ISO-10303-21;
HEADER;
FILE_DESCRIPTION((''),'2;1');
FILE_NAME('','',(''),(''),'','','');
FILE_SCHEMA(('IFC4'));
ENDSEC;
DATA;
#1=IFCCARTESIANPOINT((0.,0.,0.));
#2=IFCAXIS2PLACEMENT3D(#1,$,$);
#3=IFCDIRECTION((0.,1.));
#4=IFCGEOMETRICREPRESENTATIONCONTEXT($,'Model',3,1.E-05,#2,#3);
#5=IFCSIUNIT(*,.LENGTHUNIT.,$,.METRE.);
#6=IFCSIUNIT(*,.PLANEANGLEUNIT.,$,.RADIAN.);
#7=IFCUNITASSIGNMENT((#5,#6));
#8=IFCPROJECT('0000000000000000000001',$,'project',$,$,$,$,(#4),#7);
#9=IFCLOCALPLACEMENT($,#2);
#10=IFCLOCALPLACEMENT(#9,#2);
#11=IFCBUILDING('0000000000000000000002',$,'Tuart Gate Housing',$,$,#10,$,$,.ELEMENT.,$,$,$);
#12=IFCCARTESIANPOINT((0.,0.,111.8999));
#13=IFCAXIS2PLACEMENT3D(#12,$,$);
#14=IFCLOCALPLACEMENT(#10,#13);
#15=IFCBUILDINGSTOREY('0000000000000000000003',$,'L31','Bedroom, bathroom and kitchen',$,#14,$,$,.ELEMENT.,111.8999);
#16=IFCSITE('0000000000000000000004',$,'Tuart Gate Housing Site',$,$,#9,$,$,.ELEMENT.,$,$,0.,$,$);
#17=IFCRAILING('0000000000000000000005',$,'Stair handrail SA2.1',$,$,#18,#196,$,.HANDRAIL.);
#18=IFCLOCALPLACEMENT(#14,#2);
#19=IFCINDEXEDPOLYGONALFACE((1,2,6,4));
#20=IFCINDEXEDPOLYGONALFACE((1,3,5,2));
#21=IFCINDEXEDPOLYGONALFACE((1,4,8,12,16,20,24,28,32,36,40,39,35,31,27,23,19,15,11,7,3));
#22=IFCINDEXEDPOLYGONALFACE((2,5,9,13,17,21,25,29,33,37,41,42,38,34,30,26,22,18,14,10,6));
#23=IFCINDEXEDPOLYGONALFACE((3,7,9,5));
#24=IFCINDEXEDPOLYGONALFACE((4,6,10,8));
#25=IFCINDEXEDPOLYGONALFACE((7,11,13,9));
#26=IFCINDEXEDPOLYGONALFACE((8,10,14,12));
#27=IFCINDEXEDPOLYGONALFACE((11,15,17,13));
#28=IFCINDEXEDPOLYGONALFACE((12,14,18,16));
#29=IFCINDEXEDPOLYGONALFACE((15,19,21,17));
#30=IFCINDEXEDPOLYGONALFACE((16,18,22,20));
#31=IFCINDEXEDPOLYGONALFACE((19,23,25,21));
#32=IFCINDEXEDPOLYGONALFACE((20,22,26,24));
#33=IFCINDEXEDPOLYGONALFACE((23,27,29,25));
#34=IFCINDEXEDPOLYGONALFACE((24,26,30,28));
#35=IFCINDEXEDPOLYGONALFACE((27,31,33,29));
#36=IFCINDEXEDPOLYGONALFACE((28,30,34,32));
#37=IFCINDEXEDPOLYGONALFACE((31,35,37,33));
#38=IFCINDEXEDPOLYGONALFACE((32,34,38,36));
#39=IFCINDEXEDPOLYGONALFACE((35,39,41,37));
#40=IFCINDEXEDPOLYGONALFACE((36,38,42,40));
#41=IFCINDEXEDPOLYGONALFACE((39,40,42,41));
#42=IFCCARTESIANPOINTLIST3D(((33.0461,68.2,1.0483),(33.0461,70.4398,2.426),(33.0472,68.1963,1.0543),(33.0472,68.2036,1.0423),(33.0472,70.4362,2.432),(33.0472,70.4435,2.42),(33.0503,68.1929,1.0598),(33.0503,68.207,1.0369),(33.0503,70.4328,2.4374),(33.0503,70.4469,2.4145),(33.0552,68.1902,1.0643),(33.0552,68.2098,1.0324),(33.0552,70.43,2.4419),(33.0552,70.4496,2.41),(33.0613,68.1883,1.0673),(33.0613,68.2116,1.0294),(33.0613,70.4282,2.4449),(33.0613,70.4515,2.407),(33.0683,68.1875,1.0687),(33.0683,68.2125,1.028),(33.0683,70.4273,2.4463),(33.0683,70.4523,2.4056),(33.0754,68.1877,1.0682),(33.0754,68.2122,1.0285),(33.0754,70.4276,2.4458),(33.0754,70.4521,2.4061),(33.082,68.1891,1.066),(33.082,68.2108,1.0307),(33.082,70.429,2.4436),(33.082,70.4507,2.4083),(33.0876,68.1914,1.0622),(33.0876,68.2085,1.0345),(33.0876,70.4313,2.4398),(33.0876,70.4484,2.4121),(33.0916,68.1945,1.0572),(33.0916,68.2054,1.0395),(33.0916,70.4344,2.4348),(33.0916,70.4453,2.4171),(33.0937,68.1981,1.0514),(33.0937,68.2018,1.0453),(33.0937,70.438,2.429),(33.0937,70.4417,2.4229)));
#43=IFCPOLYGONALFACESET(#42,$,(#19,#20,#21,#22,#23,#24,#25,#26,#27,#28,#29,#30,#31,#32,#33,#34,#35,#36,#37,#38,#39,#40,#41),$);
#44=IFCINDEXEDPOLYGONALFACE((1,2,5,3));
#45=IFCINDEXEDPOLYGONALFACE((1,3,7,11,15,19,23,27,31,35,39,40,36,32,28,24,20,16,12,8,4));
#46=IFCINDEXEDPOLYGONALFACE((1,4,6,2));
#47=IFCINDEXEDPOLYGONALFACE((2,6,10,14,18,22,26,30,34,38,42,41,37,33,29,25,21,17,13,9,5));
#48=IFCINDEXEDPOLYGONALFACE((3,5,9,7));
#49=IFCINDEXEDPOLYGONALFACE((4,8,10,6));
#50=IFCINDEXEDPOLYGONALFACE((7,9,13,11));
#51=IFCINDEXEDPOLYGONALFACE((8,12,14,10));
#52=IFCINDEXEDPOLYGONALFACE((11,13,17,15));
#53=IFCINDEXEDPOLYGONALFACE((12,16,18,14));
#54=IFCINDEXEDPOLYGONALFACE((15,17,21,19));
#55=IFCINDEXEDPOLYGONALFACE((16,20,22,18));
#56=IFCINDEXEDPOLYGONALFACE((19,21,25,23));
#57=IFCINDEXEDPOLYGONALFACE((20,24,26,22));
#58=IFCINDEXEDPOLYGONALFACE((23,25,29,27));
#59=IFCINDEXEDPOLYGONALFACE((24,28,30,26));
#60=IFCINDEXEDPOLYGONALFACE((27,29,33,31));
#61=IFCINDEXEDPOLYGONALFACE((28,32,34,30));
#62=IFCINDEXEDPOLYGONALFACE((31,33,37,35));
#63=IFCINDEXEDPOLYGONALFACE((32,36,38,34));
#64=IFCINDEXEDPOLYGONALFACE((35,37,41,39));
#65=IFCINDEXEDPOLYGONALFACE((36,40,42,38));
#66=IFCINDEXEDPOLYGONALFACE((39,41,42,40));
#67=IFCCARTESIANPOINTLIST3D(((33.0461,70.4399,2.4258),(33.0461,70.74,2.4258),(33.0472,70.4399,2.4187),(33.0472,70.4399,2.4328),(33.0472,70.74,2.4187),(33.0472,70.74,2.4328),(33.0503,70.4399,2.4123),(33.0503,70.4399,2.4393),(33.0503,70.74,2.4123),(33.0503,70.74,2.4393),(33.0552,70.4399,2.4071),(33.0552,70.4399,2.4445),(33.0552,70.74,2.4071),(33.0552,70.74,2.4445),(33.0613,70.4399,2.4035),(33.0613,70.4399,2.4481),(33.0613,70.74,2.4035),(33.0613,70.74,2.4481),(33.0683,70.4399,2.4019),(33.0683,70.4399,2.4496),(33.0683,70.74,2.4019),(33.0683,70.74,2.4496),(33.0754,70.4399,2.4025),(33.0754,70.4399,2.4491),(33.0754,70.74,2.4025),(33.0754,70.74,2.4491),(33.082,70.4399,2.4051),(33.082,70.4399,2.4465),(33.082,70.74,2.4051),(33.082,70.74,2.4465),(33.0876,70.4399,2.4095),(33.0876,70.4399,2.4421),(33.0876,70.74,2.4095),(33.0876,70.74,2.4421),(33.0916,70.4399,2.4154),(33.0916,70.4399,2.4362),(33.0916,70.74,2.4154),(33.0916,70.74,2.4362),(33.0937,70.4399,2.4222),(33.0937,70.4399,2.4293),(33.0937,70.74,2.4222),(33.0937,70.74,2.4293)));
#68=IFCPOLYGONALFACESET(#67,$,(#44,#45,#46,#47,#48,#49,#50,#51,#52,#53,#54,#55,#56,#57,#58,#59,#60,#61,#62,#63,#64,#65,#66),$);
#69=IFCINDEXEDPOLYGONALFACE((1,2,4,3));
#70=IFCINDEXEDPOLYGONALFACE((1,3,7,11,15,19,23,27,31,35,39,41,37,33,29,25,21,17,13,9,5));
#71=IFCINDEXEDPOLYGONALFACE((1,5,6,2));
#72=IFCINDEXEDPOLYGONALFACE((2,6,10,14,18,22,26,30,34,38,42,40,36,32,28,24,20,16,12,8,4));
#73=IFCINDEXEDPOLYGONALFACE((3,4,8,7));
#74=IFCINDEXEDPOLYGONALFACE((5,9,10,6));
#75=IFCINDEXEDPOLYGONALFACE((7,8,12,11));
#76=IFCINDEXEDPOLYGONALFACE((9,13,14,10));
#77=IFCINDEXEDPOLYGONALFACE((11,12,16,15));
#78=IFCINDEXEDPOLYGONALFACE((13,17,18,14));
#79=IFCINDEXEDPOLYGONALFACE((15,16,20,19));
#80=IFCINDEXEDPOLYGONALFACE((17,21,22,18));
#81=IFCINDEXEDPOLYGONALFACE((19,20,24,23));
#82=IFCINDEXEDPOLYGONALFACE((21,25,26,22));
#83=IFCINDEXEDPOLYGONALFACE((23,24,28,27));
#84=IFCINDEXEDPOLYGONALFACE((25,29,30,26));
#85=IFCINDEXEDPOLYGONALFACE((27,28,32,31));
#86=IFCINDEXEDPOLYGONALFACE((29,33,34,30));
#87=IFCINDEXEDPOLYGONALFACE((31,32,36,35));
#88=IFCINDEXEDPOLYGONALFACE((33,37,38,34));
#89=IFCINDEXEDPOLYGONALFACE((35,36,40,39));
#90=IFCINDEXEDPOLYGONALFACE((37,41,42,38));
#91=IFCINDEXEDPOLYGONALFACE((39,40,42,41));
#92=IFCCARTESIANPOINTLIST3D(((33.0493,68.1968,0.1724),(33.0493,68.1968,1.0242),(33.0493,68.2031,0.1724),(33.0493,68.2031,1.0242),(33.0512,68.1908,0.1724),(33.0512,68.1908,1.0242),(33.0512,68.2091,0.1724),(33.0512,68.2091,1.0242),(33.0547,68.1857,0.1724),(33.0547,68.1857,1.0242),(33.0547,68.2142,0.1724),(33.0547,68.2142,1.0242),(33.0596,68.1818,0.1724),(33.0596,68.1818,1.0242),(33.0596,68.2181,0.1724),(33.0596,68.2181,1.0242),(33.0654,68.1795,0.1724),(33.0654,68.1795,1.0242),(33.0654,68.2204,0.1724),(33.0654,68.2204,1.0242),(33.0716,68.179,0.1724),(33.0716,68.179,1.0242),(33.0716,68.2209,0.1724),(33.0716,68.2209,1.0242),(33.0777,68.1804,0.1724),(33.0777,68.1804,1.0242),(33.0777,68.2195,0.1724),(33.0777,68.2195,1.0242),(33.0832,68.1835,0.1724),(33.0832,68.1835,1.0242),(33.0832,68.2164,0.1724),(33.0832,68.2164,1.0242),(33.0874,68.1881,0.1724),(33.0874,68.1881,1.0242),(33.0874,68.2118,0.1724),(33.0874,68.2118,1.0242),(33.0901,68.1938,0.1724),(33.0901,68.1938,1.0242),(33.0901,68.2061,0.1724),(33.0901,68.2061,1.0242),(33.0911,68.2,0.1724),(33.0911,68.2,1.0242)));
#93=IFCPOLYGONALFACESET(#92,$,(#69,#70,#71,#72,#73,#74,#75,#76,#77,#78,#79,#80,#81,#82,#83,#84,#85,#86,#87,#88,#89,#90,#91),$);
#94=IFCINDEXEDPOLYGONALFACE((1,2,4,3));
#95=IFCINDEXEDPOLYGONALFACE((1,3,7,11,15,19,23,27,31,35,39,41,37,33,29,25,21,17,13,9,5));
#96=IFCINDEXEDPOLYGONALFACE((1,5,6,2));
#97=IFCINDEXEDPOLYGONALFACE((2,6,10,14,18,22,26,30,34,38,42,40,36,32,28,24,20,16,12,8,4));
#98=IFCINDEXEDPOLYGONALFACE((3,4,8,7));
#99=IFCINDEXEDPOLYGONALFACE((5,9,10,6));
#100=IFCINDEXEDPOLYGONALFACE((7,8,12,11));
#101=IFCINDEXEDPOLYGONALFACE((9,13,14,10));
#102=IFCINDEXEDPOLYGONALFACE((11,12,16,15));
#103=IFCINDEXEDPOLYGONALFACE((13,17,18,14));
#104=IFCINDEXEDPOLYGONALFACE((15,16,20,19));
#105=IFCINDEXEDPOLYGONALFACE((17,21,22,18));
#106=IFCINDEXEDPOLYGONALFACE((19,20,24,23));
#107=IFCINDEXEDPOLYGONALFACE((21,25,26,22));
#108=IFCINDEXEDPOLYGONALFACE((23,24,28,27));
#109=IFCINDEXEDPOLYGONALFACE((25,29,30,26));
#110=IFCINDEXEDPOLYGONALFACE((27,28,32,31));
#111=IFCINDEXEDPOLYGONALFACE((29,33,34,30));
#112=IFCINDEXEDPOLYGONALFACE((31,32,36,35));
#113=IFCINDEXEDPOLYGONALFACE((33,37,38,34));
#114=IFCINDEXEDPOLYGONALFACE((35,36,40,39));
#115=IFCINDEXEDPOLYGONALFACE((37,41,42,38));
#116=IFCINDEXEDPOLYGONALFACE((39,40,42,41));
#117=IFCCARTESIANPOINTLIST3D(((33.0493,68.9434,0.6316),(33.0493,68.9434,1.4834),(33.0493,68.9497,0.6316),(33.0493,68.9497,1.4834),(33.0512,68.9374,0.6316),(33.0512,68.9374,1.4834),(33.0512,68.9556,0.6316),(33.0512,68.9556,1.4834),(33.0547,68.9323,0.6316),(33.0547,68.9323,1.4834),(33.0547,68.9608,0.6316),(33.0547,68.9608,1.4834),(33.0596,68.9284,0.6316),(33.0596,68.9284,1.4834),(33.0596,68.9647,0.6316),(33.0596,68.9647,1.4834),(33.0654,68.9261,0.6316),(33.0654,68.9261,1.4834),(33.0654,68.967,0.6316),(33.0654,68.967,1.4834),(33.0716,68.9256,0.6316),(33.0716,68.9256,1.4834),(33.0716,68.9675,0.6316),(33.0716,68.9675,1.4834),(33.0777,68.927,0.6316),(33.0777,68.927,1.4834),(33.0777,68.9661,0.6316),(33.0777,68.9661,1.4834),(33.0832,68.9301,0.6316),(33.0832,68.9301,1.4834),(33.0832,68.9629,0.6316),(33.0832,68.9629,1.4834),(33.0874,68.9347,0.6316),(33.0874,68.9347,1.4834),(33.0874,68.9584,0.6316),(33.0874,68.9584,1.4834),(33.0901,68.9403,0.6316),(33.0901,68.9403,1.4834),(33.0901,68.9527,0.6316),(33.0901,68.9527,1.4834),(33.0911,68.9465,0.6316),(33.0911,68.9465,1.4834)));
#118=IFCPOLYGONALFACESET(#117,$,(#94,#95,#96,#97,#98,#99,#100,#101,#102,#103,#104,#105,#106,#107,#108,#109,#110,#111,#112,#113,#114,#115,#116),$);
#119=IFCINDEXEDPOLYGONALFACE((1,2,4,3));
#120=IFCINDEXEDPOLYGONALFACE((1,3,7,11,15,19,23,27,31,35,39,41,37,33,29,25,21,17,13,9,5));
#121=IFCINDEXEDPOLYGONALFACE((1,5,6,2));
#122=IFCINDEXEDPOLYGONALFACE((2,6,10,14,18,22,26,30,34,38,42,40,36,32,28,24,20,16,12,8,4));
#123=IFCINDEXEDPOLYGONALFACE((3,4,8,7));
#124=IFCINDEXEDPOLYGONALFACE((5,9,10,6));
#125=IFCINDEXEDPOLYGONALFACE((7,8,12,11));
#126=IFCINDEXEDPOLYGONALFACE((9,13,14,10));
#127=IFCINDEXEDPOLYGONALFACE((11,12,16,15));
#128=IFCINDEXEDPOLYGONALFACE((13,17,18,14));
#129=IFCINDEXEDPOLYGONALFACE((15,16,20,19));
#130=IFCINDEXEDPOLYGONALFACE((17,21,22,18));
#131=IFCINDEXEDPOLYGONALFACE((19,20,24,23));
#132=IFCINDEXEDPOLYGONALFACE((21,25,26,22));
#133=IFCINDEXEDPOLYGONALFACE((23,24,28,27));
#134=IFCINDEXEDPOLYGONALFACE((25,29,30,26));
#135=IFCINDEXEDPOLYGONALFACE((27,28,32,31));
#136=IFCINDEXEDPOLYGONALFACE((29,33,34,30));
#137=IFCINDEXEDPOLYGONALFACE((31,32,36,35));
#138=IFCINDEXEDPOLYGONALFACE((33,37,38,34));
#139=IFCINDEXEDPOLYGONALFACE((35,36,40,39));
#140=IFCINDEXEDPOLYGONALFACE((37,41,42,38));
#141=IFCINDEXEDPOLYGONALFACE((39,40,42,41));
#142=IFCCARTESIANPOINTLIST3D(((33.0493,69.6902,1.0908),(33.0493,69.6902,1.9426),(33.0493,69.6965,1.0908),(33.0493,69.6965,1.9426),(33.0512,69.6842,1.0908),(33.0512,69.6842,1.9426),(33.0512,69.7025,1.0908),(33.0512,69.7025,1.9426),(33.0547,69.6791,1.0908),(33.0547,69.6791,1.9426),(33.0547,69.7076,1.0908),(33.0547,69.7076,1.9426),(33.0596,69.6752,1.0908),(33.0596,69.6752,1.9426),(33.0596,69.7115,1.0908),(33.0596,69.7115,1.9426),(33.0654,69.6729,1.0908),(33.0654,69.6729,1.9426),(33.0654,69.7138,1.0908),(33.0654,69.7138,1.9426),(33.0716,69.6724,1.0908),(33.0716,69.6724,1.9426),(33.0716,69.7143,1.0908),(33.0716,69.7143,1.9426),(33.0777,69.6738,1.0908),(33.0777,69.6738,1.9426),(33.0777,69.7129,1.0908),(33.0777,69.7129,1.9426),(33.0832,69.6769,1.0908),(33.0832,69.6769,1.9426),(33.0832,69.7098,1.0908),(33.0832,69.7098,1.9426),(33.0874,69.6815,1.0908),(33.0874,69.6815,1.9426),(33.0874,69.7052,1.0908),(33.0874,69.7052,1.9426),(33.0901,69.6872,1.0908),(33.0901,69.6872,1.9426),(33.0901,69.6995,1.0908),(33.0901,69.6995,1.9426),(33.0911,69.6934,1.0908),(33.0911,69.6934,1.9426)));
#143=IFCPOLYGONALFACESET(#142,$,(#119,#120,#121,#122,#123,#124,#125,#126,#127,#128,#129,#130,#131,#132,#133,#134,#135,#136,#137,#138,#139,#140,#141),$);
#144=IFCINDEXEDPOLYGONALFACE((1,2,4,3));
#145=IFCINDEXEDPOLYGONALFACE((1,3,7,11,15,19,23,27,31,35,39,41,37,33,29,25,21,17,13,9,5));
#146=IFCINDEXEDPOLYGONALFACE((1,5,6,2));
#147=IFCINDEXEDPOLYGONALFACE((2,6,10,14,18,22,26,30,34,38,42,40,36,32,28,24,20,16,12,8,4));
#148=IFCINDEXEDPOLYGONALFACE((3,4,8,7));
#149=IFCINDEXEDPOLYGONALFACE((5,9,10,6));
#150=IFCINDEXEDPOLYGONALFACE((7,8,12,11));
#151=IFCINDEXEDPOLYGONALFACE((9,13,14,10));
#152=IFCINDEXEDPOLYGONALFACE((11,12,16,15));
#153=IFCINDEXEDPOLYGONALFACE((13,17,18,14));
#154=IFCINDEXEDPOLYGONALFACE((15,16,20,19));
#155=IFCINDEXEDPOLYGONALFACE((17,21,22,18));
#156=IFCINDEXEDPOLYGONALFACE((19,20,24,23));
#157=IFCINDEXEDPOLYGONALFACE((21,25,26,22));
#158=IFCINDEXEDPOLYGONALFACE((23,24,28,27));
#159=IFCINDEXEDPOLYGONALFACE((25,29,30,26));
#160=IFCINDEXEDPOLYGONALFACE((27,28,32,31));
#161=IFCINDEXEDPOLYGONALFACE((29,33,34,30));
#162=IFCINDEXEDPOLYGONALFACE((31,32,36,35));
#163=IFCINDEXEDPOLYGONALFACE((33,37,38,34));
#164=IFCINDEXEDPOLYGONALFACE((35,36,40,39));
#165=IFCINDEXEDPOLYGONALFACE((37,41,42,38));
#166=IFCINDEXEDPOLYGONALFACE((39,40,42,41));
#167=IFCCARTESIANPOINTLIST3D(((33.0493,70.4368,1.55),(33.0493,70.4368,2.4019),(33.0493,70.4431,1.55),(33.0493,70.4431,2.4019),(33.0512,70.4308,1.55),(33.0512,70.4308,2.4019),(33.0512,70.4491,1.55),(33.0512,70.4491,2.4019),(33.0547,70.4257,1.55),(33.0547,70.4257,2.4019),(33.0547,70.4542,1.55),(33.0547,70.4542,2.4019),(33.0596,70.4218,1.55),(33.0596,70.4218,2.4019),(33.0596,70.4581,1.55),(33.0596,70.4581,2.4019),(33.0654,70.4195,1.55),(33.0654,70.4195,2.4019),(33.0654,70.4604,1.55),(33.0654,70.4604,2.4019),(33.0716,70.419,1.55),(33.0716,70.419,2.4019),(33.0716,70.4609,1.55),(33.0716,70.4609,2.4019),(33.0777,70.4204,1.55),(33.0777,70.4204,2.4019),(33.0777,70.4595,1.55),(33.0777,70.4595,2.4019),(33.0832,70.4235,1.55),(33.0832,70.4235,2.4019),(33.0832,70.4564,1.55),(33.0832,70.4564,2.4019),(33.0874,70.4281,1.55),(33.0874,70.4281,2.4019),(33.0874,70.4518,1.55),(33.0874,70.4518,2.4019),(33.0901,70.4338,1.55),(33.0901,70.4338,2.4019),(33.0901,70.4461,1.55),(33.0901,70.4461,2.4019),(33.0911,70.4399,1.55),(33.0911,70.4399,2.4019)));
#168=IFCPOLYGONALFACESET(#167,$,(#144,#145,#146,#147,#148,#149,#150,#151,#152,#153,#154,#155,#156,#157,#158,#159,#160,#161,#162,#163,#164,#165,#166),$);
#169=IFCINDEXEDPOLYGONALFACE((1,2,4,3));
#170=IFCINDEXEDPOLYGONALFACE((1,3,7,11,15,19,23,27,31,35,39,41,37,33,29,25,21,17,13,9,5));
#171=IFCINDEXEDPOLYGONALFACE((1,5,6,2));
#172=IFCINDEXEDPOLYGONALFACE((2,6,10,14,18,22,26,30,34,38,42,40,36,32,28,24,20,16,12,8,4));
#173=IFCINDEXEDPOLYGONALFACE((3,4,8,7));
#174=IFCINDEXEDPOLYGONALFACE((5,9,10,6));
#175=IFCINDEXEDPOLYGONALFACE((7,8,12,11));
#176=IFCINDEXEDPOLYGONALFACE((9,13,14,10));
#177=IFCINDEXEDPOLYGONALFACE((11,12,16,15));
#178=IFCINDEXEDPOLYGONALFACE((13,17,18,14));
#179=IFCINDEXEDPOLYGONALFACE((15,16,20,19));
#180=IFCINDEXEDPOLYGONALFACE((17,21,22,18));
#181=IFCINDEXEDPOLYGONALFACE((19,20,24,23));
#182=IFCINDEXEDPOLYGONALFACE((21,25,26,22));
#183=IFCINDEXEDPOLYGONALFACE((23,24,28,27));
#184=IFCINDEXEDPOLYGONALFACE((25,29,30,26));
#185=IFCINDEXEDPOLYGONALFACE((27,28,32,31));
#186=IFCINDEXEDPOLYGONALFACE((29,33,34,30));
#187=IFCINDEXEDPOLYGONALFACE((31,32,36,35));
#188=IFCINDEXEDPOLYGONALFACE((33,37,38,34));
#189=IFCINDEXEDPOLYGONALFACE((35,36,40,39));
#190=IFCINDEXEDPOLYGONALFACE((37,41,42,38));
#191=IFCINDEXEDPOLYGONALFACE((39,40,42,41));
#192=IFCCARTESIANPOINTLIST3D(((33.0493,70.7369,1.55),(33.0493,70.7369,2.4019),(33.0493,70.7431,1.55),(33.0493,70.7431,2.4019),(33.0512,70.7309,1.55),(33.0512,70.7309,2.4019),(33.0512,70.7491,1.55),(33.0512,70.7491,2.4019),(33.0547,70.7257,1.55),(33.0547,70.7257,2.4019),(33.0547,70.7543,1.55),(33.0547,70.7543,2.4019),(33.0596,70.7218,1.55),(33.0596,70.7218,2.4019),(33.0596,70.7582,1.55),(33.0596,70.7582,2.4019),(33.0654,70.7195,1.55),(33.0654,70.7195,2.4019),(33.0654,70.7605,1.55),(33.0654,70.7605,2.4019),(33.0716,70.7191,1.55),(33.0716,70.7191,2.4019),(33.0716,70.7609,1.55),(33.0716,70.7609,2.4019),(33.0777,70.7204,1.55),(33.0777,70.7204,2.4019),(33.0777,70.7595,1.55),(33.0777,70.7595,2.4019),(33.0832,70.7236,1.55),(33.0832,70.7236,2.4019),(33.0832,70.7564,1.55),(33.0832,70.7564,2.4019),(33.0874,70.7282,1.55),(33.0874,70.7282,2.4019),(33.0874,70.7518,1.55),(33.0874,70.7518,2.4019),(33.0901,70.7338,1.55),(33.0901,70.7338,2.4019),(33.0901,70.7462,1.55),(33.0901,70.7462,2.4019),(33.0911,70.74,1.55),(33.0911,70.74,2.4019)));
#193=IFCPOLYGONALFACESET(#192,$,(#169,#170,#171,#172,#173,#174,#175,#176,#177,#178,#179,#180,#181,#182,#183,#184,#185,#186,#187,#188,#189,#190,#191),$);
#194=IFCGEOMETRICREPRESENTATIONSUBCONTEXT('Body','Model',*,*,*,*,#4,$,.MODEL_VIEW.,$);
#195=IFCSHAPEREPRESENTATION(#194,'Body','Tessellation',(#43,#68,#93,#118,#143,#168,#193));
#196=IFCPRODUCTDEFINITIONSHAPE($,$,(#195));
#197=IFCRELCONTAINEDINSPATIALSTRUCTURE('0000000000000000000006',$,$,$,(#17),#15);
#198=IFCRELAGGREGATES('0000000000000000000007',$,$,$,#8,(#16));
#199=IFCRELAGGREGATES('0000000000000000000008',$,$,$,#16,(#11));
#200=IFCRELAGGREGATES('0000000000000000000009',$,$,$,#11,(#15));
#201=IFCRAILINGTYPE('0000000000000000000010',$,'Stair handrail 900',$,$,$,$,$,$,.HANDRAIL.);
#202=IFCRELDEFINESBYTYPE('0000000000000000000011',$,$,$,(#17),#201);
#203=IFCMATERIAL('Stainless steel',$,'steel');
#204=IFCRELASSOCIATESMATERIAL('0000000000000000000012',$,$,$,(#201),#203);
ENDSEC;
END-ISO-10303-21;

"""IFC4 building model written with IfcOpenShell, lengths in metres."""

from ifc_helpers import new_model, si_unit, direction, frame, origin, origin_2d, place, context, subcontext, project, spatial, circle, extrude, material, type_object, element, save


model = new_model("IFC4")

# Units and contexts
model_context = context("Model", 3, precision=1e-05, world=origin(), true_north=direction((0.0, 1.0)))
body_context = subcontext(model_context, "Body", "Model", "MODEL_VIEW")
ifc_project = project(units=[si_unit("LENGTHUNIT", "METRE"), si_unit("PLANEANGLEUNIT", "RADIAN")], contexts=[model_context])

# Site, building, storey
site_placement = place(None, origin())
site = spatial("IfcSite", under=ifc_project, at=site_placement, Name="Tuart Gate Housing Site", CompositionType="ELEMENT", RefElevation=0.0)
building_placement = place(site_placement, origin())
building = spatial("IfcBuilding", under=site, at=building_placement, Name="Tuart Gate Housing", CompositionType="ELEMENT")
storey_placement = place(building_placement, frame((0.0, 0.0, 111.8999)))
storey = spatial("IfcBuildingStorey", under=building, at=storey_placement, Name="L31", Description="Bedroom, bathroom and kitchen", CompositionType="ELEMENT", Elevation=111.8999)

# Railing
ifc_material_1 = material(Name="Stainless steel", Category="steel")
railing_type = type_object("IfcRailingType", Name="Stair handrail 900", PredefinedType="HANDRAIL", material=ifc_material_1)
railing_placement = place(storey_placement, frame((33.0701, 68.2, 0.1724)))
element("IfcRailing", 1, at=railing_placement, inside=storey, type_object=railing_type, Name="Stair handrail SA2.1", PredefinedType="HANDRAIL", context=body_context, shape_type="SweptSolid", body=[
    extrude(circle(Radius=0.0239, at=origin_2d()), frame((0.0, 0.0, 0.876), z_axis=(0.0, 0.851789, 0.523885), x_axis=(-1.0, 0.0, 0.0)), (0.0, 0.0, 1.0), 2.6296),
    extrude(circle(Radius=0.0239, at=origin_2d()), frame((0.0, 2.24, 2.2534), z_axis=(0.0, 1.0, 0.0), x_axis=(-1.0, 0.0, 0.0)), (0.0, 0.0, 1.0), 0.3),
    extrude(circle(Radius=0.021, at=origin_2d()), origin(), (0.0, 0.0, 1.0), 0.8518),
    extrude(circle(Radius=0.021, at=origin_2d()), frame((0.0, 0.7466, 0.4592)), (0.0, 0.0, 1.0), 0.8518),
    extrude(circle(Radius=0.021, at=origin_2d()), frame((0.0, 1.4934, 0.9185)), (0.0, 0.0, 1.0), 0.8518),
    extrude(circle(Radius=0.021, at=origin_2d()), frame((0.0, 2.24, 1.3777)), (0.0, 0.0, 1.0), 0.8518),
    extrude(circle(Radius=0.021, at=origin_2d()), frame((0.0, 2.54, 1.3777)), (0.0, 0.0, 1.0), 0.8518),
])

save(model, "model.ifc")
